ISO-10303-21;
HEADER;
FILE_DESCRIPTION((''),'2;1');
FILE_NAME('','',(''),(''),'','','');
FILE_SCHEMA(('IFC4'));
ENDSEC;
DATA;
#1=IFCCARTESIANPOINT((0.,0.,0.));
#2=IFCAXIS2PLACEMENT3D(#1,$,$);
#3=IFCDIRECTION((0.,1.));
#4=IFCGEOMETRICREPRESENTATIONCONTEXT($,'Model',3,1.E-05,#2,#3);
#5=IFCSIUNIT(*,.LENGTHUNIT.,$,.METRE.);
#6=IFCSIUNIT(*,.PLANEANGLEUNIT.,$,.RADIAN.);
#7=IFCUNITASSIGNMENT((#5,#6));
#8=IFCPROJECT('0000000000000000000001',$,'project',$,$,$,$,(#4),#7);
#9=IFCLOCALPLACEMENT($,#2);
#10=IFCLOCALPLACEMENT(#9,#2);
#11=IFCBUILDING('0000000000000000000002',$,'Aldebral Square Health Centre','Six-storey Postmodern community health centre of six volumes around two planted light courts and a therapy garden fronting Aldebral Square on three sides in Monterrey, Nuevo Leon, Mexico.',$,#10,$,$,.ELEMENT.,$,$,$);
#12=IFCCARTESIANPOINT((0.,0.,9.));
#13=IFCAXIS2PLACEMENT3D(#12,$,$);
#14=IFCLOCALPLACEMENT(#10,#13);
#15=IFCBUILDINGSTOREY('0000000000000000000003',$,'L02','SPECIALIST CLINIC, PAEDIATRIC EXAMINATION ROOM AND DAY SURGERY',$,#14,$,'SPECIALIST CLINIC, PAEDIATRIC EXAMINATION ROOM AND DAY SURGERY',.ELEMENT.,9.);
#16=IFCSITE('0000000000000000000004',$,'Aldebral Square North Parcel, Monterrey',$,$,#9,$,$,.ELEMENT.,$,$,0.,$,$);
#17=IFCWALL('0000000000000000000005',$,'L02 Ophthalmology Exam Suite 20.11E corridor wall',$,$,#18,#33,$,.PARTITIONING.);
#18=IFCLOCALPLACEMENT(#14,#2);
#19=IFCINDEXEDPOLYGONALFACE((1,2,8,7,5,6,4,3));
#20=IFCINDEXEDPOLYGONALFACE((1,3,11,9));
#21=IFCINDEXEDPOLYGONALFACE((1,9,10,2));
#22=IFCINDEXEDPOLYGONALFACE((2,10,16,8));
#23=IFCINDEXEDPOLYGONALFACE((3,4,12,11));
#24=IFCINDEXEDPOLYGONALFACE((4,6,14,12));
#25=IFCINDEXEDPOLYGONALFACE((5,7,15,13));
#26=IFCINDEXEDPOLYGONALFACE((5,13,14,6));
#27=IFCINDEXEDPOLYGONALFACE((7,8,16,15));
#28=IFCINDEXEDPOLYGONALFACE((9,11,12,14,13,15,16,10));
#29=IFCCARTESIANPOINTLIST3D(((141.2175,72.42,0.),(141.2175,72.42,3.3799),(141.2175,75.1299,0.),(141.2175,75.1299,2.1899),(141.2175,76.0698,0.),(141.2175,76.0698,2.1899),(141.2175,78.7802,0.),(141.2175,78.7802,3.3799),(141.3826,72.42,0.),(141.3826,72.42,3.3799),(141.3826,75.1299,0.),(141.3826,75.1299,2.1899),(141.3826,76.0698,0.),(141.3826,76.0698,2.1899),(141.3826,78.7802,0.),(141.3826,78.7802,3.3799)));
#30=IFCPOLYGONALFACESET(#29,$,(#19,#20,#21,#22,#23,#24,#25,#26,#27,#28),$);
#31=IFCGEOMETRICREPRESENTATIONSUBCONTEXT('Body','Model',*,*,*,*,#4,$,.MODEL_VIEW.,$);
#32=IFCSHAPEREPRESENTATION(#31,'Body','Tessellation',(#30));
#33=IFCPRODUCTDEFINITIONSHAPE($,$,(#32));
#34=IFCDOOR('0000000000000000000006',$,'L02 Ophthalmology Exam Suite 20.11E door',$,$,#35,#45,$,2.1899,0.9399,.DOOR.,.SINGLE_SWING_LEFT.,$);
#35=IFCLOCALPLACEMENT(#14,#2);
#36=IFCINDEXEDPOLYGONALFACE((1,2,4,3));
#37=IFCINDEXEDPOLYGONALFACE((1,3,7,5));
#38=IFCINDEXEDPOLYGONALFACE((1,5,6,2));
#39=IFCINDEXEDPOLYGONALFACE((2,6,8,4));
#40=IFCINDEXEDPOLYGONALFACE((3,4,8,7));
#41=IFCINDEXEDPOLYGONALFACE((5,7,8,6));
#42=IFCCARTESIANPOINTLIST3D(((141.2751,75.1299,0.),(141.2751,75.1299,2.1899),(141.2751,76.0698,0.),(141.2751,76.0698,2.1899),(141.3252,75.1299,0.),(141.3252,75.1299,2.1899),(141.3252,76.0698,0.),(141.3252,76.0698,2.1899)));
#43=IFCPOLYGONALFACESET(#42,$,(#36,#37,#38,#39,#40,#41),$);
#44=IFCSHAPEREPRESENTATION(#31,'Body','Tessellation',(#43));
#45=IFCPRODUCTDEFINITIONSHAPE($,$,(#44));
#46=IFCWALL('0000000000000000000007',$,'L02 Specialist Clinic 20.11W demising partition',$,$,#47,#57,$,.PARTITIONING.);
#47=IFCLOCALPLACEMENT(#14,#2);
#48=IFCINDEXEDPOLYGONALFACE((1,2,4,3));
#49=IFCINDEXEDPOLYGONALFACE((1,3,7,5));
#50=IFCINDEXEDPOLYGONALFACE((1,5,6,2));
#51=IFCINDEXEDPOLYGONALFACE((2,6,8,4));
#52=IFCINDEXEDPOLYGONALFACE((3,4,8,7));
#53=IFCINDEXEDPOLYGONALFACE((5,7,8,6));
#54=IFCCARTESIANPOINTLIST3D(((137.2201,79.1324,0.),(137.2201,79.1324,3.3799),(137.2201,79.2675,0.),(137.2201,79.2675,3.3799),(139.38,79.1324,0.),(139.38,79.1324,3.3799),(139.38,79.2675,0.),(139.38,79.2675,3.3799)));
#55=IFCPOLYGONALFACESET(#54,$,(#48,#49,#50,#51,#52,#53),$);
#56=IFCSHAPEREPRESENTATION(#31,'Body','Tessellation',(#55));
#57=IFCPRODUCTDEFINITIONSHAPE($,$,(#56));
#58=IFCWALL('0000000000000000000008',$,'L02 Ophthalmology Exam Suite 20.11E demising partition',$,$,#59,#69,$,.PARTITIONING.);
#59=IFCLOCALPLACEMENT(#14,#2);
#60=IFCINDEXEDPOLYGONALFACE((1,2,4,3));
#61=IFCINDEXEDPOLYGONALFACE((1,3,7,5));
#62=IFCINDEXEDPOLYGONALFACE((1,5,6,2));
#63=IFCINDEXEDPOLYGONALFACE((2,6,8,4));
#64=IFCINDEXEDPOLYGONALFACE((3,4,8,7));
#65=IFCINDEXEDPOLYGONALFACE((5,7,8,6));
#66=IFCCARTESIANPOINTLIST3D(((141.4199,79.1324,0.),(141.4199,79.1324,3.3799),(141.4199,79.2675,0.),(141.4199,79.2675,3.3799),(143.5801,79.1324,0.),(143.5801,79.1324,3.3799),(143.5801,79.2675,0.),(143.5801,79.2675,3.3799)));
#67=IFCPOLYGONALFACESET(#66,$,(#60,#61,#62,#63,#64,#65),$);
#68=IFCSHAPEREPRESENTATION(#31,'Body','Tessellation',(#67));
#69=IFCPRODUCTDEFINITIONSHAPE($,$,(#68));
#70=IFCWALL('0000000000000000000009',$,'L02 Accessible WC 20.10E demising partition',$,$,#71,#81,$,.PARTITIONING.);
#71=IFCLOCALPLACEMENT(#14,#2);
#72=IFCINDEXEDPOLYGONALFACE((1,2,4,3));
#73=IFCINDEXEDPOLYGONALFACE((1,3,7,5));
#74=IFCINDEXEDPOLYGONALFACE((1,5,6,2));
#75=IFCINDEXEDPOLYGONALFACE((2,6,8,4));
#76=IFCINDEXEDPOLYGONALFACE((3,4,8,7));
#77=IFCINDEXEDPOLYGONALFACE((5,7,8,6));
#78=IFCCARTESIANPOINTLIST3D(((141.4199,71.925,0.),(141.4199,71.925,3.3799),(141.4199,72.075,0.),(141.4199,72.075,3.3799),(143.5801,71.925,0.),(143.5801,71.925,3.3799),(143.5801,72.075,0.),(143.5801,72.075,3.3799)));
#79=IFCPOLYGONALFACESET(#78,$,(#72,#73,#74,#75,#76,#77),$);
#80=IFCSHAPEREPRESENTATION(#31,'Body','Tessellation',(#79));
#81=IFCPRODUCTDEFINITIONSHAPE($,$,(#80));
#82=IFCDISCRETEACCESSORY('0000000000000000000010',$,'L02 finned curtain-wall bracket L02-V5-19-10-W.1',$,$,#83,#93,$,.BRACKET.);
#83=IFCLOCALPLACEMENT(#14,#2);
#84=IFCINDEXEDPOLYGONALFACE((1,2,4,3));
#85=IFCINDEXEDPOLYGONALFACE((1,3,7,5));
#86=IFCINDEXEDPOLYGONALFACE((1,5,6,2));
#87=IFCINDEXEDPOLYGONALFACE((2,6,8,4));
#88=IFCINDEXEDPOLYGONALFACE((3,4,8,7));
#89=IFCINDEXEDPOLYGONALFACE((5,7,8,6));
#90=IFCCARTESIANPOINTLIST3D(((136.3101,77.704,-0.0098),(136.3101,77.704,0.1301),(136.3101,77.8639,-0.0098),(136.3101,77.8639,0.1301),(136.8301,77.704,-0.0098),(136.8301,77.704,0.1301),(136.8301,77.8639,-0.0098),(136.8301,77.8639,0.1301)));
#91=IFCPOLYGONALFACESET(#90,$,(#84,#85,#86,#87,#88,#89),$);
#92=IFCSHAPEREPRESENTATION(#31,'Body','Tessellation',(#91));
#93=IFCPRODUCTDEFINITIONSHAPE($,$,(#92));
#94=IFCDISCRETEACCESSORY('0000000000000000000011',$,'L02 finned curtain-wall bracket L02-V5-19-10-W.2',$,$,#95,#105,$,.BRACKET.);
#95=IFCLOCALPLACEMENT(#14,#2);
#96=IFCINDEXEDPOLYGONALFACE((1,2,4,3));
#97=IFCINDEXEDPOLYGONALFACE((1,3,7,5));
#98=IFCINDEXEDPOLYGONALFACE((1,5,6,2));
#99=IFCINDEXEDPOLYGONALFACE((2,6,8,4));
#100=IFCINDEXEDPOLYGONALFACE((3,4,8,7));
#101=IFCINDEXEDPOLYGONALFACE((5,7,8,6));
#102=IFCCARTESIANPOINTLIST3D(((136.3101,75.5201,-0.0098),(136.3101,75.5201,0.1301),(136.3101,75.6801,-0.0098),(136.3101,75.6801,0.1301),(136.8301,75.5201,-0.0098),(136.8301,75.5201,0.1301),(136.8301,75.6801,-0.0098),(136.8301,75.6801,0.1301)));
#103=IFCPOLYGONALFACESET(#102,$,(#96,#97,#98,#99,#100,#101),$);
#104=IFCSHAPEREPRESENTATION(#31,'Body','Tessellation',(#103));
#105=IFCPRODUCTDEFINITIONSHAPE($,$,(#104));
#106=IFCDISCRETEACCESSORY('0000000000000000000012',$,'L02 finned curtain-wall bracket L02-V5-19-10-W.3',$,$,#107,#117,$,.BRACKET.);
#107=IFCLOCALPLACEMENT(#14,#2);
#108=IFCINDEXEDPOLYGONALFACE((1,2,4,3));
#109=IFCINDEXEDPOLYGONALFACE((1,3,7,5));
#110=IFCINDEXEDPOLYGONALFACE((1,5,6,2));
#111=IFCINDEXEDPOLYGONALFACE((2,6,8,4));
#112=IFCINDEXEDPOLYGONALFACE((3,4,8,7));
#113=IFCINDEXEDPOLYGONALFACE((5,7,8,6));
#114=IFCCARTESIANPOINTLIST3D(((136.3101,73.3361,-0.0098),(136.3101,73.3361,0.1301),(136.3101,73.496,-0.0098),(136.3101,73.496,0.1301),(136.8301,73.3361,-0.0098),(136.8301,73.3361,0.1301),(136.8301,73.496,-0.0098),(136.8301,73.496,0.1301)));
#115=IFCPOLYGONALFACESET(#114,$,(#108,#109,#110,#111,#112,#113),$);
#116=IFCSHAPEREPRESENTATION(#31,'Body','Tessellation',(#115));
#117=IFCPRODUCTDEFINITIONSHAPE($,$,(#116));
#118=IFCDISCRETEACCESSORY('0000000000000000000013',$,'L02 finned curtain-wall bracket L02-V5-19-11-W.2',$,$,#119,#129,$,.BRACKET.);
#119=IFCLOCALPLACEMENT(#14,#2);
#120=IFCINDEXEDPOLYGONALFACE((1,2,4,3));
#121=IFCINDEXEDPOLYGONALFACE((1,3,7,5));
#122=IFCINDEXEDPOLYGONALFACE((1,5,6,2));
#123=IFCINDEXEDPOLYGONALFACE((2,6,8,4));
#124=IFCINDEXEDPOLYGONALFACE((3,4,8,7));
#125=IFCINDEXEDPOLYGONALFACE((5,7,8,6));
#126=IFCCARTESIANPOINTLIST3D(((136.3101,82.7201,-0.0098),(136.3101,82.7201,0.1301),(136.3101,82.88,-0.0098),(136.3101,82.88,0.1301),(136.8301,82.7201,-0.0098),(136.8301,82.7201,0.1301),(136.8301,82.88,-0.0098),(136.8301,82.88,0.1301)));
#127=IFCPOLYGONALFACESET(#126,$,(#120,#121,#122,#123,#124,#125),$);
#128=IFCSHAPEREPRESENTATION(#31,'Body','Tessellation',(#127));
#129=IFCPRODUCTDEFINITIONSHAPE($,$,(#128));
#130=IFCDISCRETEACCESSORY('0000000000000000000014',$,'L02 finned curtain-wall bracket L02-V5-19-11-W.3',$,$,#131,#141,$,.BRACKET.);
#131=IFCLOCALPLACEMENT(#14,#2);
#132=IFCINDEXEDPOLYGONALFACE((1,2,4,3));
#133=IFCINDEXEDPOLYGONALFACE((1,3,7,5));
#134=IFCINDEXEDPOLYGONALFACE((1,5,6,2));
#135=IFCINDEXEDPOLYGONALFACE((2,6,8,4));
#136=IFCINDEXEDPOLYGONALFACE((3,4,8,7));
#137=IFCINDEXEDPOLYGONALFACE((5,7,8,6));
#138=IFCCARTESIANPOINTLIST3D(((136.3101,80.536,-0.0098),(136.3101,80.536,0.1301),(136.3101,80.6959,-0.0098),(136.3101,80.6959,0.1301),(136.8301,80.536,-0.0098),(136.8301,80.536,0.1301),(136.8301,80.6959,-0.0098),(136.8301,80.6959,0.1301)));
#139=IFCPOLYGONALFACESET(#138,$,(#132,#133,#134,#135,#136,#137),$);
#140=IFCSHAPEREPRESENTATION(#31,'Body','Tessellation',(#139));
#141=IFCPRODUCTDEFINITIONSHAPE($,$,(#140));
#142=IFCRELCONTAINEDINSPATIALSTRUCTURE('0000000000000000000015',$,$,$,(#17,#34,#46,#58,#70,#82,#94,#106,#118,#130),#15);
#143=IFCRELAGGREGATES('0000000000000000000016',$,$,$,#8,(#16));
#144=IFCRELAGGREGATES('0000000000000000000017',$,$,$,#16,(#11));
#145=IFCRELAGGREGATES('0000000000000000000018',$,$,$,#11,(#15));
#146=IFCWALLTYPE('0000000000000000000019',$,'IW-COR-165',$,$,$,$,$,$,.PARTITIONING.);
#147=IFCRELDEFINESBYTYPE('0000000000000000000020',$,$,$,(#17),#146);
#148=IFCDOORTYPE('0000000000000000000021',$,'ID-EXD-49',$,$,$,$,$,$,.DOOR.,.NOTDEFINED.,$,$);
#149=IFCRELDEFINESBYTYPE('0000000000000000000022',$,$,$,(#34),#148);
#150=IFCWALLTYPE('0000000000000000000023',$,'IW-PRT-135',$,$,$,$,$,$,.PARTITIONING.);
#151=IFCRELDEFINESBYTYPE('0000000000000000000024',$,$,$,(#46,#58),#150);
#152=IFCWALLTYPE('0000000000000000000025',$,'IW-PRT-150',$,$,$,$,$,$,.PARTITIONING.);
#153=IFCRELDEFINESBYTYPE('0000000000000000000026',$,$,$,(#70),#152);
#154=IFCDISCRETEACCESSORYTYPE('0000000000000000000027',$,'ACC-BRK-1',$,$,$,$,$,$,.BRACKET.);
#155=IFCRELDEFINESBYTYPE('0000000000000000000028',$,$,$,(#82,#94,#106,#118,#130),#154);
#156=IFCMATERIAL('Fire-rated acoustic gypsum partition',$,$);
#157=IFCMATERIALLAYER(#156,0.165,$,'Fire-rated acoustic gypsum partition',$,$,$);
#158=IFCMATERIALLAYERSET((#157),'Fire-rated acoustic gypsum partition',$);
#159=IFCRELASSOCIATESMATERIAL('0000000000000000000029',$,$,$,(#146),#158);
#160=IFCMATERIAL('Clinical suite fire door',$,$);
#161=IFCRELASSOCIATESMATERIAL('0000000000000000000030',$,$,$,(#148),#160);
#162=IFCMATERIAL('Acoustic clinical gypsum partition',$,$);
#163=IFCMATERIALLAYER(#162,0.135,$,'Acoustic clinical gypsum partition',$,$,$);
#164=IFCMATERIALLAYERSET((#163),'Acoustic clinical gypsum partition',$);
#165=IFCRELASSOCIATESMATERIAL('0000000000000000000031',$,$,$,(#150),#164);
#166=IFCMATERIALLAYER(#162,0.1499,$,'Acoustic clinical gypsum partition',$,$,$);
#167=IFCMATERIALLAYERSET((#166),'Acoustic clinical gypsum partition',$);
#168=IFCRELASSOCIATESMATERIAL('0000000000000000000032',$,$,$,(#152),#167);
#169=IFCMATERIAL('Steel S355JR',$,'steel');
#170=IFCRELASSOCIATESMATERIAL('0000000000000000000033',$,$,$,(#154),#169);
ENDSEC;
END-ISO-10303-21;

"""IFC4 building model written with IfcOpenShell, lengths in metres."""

from ifc_helpers import new_model, si_unit, direction, frame, frame_2d, origin, origin_2d, place, context, subcontext, project, spatial, rectangle, extrude, material, layer, layer_set, type_object, element, fill, save


model = new_model("IFC4")

# Units and contexts
model_context = context("Model", 3, precision=1e-05, world=origin(), true_north=direction((0.0, 1.0)))
body_context = subcontext(model_context, "Body", "Model", "MODEL_VIEW")
ifc_project = project(units=[si_unit("LENGTHUNIT", "METRE"), si_unit("PLANEANGLEUNIT", "RADIAN")], contexts=[model_context])

# Site, building, storey
site_placement = place(None, origin())
site = spatial("IfcSite", under=ifc_project, at=site_placement, Name="Aldebral Square North Parcel, Monterrey", CompositionType="ELEMENT", RefElevation=0.0)
building_placement = place(site_placement, origin())
building = spatial("IfcBuilding", under=site, at=building_placement, Name="Aldebral Square Health Centre", Description="Six-storey Postmodern community health centre of six volumes around two planted light courts and a therapy garden fronting Aldebral Square on three sides in Monterrey, Nuevo Leon, Mexico.", CompositionType="ELEMENT")
storey_placement = place(building_placement, frame((0.0, 0.0, 9.0)))
storey = spatial("IfcBuildingStorey", under=building, at=storey_placement, Name="L02", Description="SPECIALIST CLINIC, PAEDIATRIC EXAMINATION ROOM AND DAY SURGERY", LongName="SPECIALIST CLINIC, PAEDIATRIC EXAMINATION ROOM AND DAY SURGERY", CompositionType="ELEMENT", Elevation=9.0)

# Wall, opening, door
ifc_material_1 = material(Name="Clinical suite fire door")
ifc_material_2 = material(Name="Fire-rated acoustic gypsum partition")
ifc_layer_1 = layer(ifc_material_2, 0.165, Name="Fire-rated acoustic gypsum partition")
ifc_layer_set_1 = layer_set([ifc_layer_1], Name="Fire-rated acoustic gypsum partition")
wall_type_1 = type_object("IfcWallType", Name="IW-COR-165", PredefinedType="PARTITIONING", material=ifc_layer_set_1)
wall_1_placement = place(storey_placement, frame((141.3, 72.4199, 0.0), z_axis=(0.0, 0.0, 1.0), x_axis=(0.0, 1.0, 0.0)))
wall_1 = element("IfcWall", 1, at=wall_1_placement, inside=storey, type_object=wall_type_1, Name="L02 Ophthalmology Exam Suite 20.11E corridor wall", PredefinedType="PARTITIONING", context=body_context, shape_type="SweptSolid", body=[
    extrude(rectangle(XDim=6.3601, YDim=0.165, at=frame_2d((3.1802, 0.0))), origin(), (0.0, 0.0, 1.0), 3.3799),
])
opening_1_placement = place(wall_1_placement, frame((2.71, 0.0, 0.0)))
opening_1 = element("IfcOpeningElement", 2, at=opening_1_placement, cuts=wall_1, PredefinedType="OPENING", context=body_context, shape_type="SweptSolid", body=[
    extrude(rectangle(XDim=0.9399, YDim=2.1899, at=frame_2d((0.47, 1.095))), frame((0.0, 0.0925, 0.0), z_axis=(0.0, -1.0, 0.0), x_axis=(1.0, 0.0, 0.0)), (0.0, 0.0, 1.0), 0.1851),
])
door_type_1 = type_object("IfcDoorType", Name="ID-EXD-49", OperationType="NOTDEFINED", PredefinedType="DOOR", material=ifc_material_1)
door_1_placement = place(opening_1_placement, origin())
door_1 = element("IfcDoor", 3, at=door_1_placement, inside=storey, type_object=door_type_1, Name="L02 Ophthalmology Exam Suite 20.11E door", OperationType="SINGLE_SWING_LEFT", OverallHeight=2.1899, OverallWidth=0.9399, PredefinedType="DOOR", context=body_context, shape_type="SweptSolid", body=[
    extrude(rectangle(XDim=0.9399, YDim=2.1899, at=frame_2d((0.47, 1.095))), frame((0.0, 0.0249, 0.0), z_axis=(0.0, -1.0, 0.0), x_axis=(1.0, 0.0, 0.0)), (0.0, 0.0, 1.0), 0.05),
])
fill(opening_1, door_1)

# Walls
ifc_material_3 = material(Name="Acoustic clinical gypsum partition")
ifc_layer_2 = layer(ifc_material_3, 0.135, Name="Acoustic clinical gypsum partition")
ifc_layer_set_2 = layer_set([ifc_layer_2], Name="Acoustic clinical gypsum partition")
wall_type_2 = type_object("IfcWallType", Name="IW-PRT-135", PredefinedType="PARTITIONING", material=ifc_layer_set_2)
wall_2_placement = place(storey_placement, frame((137.22, 79.2, 0.0), z_axis=(0.0, 0.0, 1.0), x_axis=(1.0, 0.0, 0.0)))
element("IfcWall", 4, at=wall_2_placement, inside=storey, type_object=wall_type_2, Name="L02 Specialist Clinic 20.11W demising partition", PredefinedType="PARTITIONING", context=body_context, shape_type="SweptSolid", body=[
    extrude(rectangle(XDim=2.1599, YDim=0.135, at=frame_2d((1.0801, 0.0))), origin(), (0.0, 0.0, 1.0), 3.3799),
])
wall_3_placement = place(storey_placement, frame((141.4199, 79.2, 0.0), z_axis=(0.0, 0.0, 1.0), x_axis=(1.0, 0.0, 0.0)))
element("IfcWall", 5, at=wall_3_placement, inside=storey, type_object=wall_type_2, Name="L02 Ophthalmology Exam Suite 20.11E demising partition", PredefinedType="PARTITIONING", context=body_context, shape_type="SweptSolid", body=[
    extrude(rectangle(XDim=2.1602, YDim=0.135, at=frame_2d((1.0801, 0.0))), origin(), (0.0, 0.0, 1.0), 3.3799),
])
ifc_layer_3 = layer(ifc_material_3, 0.1499, Name="Acoustic clinical gypsum partition")
ifc_layer_set_3 = layer_set([ifc_layer_3], Name="Acoustic clinical gypsum partition")
wall_type_3 = type_object("IfcWallType", Name="IW-PRT-150", PredefinedType="PARTITIONING", material=ifc_layer_set_3)
wall_4_placement = place(storey_placement, frame((141.4199, 72.0, 0.0), z_axis=(0.0, 0.0, 1.0), x_axis=(1.0, 0.0, 0.0)))
element("IfcWall", 6, at=wall_4_placement, inside=storey, type_object=wall_type_3, Name="L02 Accessible WC 20.10E demising partition", PredefinedType="PARTITIONING", context=body_context, shape_type="SweptSolid", body=[
    extrude(rectangle(XDim=2.1602, YDim=0.1499, at=frame_2d((1.0801, 0.0))), origin(), (0.0, 0.0, 1.0), 3.3799),
])

# Discrete accessories
ifc_material_4 = material(Name="Steel S355JR", Category="steel")
discrete_accessory_type = type_object("IfcDiscreteAccessoryType", Name="ACC-BRK-1", PredefinedType="BRACKET", material=ifc_material_4)
for number, where, z_axis, x_axis, name in (
    (7, (136.5701, 77.7839, -0.0098), (0.0, 0.0, 1.0), (0.0, 1.0, 0.0), "L02 finned curtain-wall bracket L02-V5-19-10-W.1"),
    (8, (136.5701, 75.6001, -0.0098), (0.0, 0.0, 1.0), (0.0, 1.0, 0.0), "L02 finned curtain-wall bracket L02-V5-19-10-W.2"),
    (9, (136.5701, 73.416, -0.0098), (0.0, 0.0, 1.0), (0.0, 1.0, 0.0), "L02 finned curtain-wall bracket L02-V5-19-10-W.3"),
    (10, (136.5701, 82.8, -0.0098), (0.0, 0.0, 1.0), (0.0, 1.0, 0.0), "L02 finned curtain-wall bracket L02-V5-19-11-W.2"),
    (11, (136.5701, 80.616, -0.0098), (0.0, 0.0, 1.0), (0.0, 1.0, 0.0), "L02 finned curtain-wall bracket L02-V5-19-11-W.3"),
):
    element("IfcDiscreteAccessory", number, at=place(storey_placement, frame(where, z_axis=z_axis, x_axis=x_axis)), inside=storey, type_object=discrete_accessory_type, Name=name, PredefinedType="BRACKET", context=body_context, shape_type="SweptSolid", body=[
        extrude(rectangle(XDim=0.1599, YDim=0.52, at=origin_2d()), origin(), (0.0, 0.0, 1.0), 0.1399),
    ])

save(model, "model.ifc")
